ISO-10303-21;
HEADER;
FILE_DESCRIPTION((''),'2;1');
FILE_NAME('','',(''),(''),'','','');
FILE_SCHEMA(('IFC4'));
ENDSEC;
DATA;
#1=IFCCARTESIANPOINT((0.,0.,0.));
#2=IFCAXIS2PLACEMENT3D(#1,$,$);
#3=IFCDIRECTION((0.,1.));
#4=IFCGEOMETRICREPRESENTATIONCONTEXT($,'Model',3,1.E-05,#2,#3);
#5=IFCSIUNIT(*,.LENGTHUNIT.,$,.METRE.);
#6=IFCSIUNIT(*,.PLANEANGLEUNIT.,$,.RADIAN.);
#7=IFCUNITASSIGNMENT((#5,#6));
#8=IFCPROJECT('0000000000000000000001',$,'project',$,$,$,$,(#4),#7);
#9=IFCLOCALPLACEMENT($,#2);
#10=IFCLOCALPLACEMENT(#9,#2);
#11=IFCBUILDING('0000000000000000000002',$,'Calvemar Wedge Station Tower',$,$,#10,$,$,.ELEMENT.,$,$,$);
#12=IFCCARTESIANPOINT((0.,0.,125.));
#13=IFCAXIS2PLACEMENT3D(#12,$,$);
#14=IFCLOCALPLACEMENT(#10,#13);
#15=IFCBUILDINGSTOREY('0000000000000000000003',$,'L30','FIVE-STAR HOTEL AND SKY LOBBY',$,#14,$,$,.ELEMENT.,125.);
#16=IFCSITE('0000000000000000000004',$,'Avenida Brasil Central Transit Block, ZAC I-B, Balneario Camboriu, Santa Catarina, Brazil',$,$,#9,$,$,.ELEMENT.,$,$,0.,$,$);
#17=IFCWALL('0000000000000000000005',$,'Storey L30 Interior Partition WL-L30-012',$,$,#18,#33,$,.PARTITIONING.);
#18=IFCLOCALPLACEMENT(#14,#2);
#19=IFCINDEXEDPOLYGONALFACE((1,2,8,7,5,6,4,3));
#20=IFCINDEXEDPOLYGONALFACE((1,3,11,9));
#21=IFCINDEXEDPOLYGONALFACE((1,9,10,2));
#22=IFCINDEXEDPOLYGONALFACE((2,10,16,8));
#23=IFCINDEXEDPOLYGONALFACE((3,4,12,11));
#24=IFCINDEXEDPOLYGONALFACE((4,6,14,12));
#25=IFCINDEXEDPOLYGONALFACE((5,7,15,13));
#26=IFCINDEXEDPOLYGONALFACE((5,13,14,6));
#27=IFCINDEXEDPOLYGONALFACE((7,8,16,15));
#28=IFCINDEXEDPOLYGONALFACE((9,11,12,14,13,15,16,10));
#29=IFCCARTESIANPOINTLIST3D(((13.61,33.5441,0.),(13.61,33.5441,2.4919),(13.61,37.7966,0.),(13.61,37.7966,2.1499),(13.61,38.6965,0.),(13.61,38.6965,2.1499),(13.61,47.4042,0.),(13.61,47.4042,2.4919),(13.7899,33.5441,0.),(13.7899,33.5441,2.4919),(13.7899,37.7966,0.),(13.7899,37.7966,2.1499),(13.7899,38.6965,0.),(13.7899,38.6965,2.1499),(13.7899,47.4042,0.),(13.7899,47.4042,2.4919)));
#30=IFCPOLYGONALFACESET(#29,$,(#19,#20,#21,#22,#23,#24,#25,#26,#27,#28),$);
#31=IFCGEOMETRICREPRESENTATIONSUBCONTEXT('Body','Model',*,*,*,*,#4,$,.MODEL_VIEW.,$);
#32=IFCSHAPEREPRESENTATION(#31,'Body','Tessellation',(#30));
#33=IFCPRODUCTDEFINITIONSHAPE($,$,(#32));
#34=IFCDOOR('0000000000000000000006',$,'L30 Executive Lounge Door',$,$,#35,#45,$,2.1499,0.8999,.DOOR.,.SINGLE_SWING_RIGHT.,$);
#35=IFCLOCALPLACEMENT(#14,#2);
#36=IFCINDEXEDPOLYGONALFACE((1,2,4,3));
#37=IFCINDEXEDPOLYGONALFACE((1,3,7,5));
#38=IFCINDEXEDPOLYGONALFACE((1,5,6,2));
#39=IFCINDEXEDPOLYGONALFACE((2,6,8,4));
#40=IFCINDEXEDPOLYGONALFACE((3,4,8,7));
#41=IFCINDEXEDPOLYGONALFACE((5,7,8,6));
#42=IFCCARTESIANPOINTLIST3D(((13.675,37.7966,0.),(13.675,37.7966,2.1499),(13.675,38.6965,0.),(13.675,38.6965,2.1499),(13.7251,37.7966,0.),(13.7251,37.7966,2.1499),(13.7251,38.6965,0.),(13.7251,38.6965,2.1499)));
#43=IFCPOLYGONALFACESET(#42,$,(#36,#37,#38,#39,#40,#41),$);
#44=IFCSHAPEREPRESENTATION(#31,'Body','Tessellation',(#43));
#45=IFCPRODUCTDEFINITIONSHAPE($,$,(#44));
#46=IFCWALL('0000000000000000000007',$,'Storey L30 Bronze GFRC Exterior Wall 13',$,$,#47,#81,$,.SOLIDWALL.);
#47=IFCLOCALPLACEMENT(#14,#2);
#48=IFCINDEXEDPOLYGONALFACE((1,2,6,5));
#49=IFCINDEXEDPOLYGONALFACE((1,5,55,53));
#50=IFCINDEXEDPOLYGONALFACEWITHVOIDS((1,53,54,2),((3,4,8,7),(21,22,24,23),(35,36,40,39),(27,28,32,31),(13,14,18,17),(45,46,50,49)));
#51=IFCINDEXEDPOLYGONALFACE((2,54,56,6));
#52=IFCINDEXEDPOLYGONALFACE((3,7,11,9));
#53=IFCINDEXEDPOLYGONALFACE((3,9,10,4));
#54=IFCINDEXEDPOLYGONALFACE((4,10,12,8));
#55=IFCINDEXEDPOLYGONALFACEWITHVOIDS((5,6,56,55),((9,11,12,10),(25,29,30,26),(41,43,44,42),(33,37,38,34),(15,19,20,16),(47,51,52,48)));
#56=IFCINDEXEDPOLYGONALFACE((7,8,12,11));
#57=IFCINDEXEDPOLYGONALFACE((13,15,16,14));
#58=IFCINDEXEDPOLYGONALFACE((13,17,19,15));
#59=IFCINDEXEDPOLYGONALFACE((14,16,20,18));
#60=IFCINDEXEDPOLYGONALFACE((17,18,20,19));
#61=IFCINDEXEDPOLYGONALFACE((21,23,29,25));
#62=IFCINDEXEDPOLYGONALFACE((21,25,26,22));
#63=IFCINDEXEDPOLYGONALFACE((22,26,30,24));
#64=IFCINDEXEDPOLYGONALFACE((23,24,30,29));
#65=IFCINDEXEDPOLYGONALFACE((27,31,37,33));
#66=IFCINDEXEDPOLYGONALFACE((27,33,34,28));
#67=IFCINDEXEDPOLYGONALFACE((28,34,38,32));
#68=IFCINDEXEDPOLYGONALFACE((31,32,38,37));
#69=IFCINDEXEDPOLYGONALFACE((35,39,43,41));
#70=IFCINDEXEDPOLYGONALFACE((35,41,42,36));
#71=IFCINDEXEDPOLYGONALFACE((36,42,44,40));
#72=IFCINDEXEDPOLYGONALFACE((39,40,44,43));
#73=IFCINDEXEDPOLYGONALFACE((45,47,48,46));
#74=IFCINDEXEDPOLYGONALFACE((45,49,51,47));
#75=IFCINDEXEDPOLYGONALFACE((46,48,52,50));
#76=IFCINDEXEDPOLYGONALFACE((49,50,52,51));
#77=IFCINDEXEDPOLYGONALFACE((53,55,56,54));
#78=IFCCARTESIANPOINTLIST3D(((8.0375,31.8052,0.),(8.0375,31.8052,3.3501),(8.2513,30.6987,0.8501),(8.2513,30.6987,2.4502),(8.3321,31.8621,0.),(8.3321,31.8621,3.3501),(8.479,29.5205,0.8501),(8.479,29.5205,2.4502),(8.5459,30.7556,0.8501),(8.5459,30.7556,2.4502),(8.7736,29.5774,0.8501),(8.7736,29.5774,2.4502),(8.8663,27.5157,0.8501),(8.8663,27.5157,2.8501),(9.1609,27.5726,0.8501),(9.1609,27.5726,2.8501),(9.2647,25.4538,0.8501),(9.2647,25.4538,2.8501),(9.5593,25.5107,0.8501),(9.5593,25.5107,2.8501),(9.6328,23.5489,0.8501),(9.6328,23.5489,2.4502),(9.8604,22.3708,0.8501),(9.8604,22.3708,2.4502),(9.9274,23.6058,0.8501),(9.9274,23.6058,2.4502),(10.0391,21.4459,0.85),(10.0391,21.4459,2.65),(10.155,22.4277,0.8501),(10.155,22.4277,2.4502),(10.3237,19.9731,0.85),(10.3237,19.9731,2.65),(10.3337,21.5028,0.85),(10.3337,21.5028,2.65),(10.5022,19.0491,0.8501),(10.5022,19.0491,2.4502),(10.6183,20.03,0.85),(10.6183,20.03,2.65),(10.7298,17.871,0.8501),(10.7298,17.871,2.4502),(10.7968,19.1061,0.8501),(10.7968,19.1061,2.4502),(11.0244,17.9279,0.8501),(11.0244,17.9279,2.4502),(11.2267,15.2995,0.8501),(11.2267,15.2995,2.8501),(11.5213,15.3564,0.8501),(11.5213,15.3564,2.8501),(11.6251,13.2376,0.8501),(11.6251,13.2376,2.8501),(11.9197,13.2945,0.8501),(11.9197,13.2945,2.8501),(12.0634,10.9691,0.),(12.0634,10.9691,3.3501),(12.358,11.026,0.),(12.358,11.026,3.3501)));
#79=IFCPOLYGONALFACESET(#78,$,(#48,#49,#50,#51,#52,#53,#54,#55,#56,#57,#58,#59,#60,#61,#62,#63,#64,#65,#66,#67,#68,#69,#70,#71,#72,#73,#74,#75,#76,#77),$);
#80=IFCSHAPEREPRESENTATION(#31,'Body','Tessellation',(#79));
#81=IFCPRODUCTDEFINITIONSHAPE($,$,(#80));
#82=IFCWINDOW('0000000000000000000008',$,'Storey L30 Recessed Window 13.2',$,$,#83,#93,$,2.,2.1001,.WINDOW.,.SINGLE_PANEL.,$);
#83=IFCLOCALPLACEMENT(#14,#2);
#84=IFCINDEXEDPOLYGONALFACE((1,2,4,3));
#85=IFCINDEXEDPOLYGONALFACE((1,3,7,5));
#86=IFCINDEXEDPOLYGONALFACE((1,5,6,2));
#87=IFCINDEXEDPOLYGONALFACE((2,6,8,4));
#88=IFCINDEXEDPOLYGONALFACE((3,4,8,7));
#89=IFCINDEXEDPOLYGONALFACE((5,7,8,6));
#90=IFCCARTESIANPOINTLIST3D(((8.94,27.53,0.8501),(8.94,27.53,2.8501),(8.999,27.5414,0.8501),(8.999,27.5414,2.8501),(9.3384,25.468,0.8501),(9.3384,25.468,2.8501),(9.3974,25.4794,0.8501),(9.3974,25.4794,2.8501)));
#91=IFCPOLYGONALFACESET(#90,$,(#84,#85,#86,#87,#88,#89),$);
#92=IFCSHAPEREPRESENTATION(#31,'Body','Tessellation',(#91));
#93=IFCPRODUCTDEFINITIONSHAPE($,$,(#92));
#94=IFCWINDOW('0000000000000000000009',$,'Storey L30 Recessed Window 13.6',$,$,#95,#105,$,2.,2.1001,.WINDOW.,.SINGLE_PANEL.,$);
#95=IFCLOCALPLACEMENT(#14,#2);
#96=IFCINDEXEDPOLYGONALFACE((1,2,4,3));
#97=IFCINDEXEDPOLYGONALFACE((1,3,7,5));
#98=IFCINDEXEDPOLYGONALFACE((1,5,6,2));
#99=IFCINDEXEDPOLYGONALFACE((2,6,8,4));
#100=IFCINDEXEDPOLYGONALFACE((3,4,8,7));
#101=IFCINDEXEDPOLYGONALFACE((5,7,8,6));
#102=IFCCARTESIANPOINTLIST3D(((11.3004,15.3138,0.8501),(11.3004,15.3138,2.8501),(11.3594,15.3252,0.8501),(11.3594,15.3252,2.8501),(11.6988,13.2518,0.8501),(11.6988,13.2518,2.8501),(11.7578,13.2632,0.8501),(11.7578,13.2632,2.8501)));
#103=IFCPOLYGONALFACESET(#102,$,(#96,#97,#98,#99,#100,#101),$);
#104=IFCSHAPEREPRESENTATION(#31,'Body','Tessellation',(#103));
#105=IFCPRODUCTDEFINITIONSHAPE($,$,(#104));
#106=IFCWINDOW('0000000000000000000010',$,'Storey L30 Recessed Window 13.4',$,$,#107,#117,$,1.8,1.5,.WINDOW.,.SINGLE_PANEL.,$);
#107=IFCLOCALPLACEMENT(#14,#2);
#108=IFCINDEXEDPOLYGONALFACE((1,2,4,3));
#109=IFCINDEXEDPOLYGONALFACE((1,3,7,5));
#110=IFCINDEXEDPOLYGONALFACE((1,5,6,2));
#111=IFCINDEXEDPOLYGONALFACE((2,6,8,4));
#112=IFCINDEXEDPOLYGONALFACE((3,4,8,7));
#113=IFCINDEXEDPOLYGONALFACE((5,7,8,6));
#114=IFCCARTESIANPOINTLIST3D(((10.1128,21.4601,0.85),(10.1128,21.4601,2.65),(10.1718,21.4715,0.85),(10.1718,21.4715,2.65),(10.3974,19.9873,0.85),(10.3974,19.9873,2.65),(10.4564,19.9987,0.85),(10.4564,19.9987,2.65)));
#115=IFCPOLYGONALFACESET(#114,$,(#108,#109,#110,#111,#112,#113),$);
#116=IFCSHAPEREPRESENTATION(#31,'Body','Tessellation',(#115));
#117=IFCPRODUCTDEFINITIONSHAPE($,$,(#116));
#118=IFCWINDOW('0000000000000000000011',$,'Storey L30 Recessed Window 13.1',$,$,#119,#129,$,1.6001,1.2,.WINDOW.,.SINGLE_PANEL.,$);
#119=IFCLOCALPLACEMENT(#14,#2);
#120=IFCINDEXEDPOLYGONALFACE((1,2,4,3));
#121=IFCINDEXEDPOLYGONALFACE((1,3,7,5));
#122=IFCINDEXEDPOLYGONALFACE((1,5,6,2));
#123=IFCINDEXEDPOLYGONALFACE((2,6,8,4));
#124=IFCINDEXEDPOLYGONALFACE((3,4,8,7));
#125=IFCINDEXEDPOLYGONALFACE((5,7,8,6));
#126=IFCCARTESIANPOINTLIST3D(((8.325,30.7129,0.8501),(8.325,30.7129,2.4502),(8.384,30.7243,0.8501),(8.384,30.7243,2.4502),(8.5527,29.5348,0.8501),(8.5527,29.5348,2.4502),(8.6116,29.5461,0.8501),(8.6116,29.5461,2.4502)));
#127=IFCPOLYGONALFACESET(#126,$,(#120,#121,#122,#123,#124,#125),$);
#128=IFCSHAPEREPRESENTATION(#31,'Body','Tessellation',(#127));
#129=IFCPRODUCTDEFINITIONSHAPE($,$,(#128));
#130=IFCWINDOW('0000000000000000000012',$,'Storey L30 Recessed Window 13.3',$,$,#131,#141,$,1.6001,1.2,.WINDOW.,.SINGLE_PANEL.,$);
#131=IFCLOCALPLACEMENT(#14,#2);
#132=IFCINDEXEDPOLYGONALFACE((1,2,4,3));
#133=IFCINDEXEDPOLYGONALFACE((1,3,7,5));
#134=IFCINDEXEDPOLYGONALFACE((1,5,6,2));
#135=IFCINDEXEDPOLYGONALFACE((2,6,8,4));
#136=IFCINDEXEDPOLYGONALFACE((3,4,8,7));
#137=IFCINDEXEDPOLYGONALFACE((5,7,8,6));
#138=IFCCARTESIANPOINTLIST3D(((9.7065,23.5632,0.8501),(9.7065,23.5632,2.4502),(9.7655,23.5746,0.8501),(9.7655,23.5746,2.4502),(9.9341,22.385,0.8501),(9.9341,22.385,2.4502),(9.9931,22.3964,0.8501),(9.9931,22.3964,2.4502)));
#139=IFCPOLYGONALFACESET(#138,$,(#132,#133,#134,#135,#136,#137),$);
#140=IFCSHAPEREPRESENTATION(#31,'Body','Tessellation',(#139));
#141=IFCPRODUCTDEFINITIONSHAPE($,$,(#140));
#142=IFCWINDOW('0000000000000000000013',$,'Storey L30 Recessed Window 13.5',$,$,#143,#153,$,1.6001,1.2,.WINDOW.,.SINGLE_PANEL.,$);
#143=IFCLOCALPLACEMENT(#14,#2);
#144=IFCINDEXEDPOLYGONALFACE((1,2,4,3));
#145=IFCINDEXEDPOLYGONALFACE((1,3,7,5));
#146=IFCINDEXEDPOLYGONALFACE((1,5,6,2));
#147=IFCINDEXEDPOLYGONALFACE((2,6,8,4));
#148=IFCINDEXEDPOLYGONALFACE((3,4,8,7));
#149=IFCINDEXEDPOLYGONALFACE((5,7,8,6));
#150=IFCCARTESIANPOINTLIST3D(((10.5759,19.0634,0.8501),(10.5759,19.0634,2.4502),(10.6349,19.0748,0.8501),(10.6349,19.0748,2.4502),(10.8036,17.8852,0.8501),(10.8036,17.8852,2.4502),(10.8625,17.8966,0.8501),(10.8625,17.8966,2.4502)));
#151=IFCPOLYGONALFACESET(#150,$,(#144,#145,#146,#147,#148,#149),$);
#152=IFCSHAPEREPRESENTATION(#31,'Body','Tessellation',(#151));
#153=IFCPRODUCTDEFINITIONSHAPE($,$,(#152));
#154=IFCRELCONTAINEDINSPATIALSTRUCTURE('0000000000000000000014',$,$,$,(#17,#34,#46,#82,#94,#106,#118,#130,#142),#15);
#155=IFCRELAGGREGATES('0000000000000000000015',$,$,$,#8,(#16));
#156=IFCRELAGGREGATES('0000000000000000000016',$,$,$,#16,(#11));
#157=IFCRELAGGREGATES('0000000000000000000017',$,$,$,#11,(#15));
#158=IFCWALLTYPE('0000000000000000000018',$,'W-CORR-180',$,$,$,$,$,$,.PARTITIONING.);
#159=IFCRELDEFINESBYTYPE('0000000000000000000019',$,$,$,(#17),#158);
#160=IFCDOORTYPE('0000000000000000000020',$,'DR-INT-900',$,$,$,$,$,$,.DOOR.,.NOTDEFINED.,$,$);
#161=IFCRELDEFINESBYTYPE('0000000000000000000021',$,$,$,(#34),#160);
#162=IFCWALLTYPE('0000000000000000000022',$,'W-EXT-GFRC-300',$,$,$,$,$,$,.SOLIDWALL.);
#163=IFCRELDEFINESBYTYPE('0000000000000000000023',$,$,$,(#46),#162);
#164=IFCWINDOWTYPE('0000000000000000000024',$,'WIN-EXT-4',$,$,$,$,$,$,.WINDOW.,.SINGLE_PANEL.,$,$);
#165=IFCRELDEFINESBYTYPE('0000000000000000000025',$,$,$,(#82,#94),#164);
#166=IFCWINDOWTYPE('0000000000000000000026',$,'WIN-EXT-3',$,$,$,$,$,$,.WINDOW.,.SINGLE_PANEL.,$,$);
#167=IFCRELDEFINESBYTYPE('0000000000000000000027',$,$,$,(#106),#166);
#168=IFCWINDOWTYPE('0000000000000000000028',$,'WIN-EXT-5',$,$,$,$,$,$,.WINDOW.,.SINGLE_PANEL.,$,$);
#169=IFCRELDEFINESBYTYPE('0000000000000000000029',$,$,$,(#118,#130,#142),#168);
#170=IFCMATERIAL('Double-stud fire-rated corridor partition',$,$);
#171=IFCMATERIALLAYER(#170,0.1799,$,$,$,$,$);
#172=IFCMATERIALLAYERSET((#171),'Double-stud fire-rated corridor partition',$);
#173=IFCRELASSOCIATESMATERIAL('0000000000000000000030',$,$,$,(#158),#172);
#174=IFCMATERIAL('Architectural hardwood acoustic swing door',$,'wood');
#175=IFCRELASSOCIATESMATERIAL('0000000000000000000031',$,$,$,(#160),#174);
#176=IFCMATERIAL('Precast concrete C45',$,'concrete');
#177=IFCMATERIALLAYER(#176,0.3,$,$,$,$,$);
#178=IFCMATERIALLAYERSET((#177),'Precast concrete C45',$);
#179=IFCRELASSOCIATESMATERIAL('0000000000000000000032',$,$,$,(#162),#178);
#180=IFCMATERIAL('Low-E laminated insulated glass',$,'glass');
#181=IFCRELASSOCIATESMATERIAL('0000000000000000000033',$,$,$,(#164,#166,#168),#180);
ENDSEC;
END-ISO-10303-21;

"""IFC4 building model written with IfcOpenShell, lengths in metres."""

from ifc_helpers import new_model, si_unit, direction, frame, frame_2d, origin, place, context, subcontext, project, spatial, rectangle, extrude, source, transform, mapped, material, layer, layer_set, type_object, element, fill, save


model = new_model("IFC4")

# Units and contexts
model_context = context("Model", 3, precision=1e-05, world=origin(), true_north=direction((0.0, 1.0)))
body_context = subcontext(model_context, "Body", "Model", "MODEL_VIEW")
ifc_project = project(units=[si_unit("LENGTHUNIT", "METRE"), si_unit("PLANEANGLEUNIT", "RADIAN")], contexts=[model_context])

# Site, building, storey
site_placement = place(None, origin())
site = spatial("IfcSite", under=ifc_project, at=site_placement, Name="Avenida Brasil Central Transit Block, ZAC I-B, Balneario Camboriu, Santa Catarina, Brazil", CompositionType="ELEMENT", RefElevation=0.0)
building_placement = place(site_placement, origin())
building = spatial("IfcBuilding", under=site, at=building_placement, Name="Calvemar Wedge Station Tower", CompositionType="ELEMENT")
storey_placement = place(building_placement, frame((0.0, 0.0, 125.0)))
storey = spatial("IfcBuildingStorey", under=building, at=storey_placement, Name="L30", Description="FIVE-STAR HOTEL AND SKY LOBBY", CompositionType="ELEMENT", Elevation=125.0)

# Shared definitions
ifc_material_1 = material(Name="Double-stud fire-rated corridor partition")
ifc_layer_1 = layer(ifc_material_1, 0.1799)
ifc_layer_set_1 = layer_set([ifc_layer_1], Name="Double-stud fire-rated corridor partition")
wall_type_1 = type_object("IfcWallType", Name="W-CORR-180", PredefinedType="PARTITIONING", material=ifc_layer_set_1)

# Wall, opening, door
wall_1_placement = place(storey_placement, frame((13.7, 33.5439, 0.0), z_axis=(0.0, 0.0, 1.0), x_axis=(0.0, 1.0, 0.0)))
wall_1 = element("IfcWall", 1, at=wall_1_placement, inside=storey, type_object=wall_type_1, Name="Storey L30 Interior Partition WL-L30-012", PredefinedType="PARTITIONING", context=body_context, shape_type="SweptSolid", body=[
    extrude(rectangle(XDim=13.8601, YDim=0.1799, at=frame_2d((6.9302, 0.0))), origin(), (0.0, 0.0, 1.0), 2.4919),
])
shared_shape_1 = source(origin(), body_context, "Body", "SweptSolid", [
    extrude(rectangle(XDim=0.8999, YDim=2.1499, at=frame_2d((0.45, 1.075))), frame((0.0, 0.1001, 0.0), z_axis=(0.0, -1.0, 0.0), x_axis=(1.0, 0.0, 0.0)), (0.0, 0.0, 1.0), 0.2),
])
opening_1_placement = place(wall_1_placement, frame((4.2527, 0.0, 0.0)))
opening_1 = element("IfcOpeningElement", 2, at=opening_1_placement, cuts=wall_1, PredefinedType="OPENING", context=body_context, shape_type="MappedRepresentation", body=[
    mapped(shared_shape_1, transform((0.0, 0.0, 0.0), scale=1.0)),
])
ifc_material_2 = material(Name="Architectural hardwood acoustic swing door", Category="wood")
door_type_1 = type_object("IfcDoorType", Name="DR-INT-900", OperationType="NOTDEFINED", PredefinedType="DOOR", material=ifc_material_2)
shared_shape_2 = source(origin(), body_context, "Body", "SweptSolid", [
    extrude(rectangle(XDim=0.8999, YDim=2.1499, at=frame_2d((0.45, 1.075))), frame((0.0, 0.0249, 0.0), z_axis=(0.0, -1.0, 0.0), x_axis=(1.0, 0.0, 0.0)), (0.0, 0.0, 1.0), 0.05),
])
door_1_placement = place(opening_1_placement, origin())
door_1 = element("IfcDoor", 3, at=door_1_placement, inside=storey, type_object=door_type_1, Name="L30 Executive Lounge Door", OperationType="SINGLE_SWING_RIGHT", OverallHeight=2.1499, OverallWidth=0.8999, PredefinedType="DOOR", context=body_context, shape_type="MappedRepresentation", body=[
    mapped(shared_shape_2, transform((0.0, 0.0, 0.0), scale=1.0)),
])
fill(opening_1, door_1)

# Wall, openings, windows
ifc_material_3 = material(Name="Precast concrete C45", Category="concrete")
ifc_layer_2 = layer(ifc_material_3, 0.3)
ifc_layer_set_2 = layer_set([ifc_layer_2], Name="Precast concrete C45")
wall_type_2 = type_object("IfcWallType", Name="W-EXT-GFRC-300", PredefinedType="SOLIDWALL", material=ifc_layer_set_2)
wall_2_placement = place(storey_placement, frame((8.1848, 31.8337, 0.0), z_axis=(0.0, 0.0, 1.0), x_axis=(0.189707, -0.981841, 0.0)))
wall_2 = element("IfcWall", 4, at=wall_2_placement, inside=storey, type_object=wall_type_2, Name="Storey L30 Bronze GFRC Exterior Wall 13", PredefinedType="SOLIDWALL", context=body_context, shape_type="SweptSolid", body=[
    extrude(rectangle(XDim=21.2214, YDim=0.3, at=frame_2d((10.6108, 0.0))), origin(), (0.0, 0.0, 1.0), 3.3501),
])
shared_shape_3 = source(origin(), body_context, "Body", "SweptSolid", [
    extrude(rectangle(XDim=1.2, YDim=1.6001, at=frame_2d((0.6001, 0.8))), frame((0.0, 0.1602, 0.0), z_axis=(0.0, -1.0, 0.0), x_axis=(1.0, 0.0, 0.0)), (0.0, 0.0, 1.0), 0.3201),
])
opening_2_placement = place(wall_2_placement, frame((1.127, 0.0, 0.8501)))
opening_2 = element("IfcOpeningElement", 5, at=opening_2_placement, cuts=wall_2, PredefinedType="OPENING", context=body_context, shape_type="MappedRepresentation", body=[
    mapped(shared_shape_3, transform((0.0, 0.0, 0.0), scale=1.0)),
])
shared_shape_4 = source(origin(), body_context, "Body", "SweptSolid", [
    extrude(rectangle(XDim=2.1001, YDim=2.0, at=frame_2d((1.05, 1.0))), frame((0.0, 0.1602, 0.0), z_axis=(0.0, -1.0, 0.0), x_axis=(1.0, 0.0, 0.0)), (0.0, 0.0, 1.0), 0.3201),
])
opening_3_placement = place(wall_2_placement, frame((4.3689, 0.0, 0.8501)))
opening_3 = element("IfcOpeningElement", 6, at=opening_3_placement, cuts=wall_2, PredefinedType="OPENING", context=body_context, shape_type="MappedRepresentation", body=[
    mapped(shared_shape_4, transform((0.0, 0.0, 0.0), scale=1.0)),
])
opening_4_placement = place(wall_2_placement, frame((8.4089, 0.0, 0.8501)))
opening_4 = element("IfcOpeningElement", 7, at=opening_4_placement, cuts=wall_2, PredefinedType="OPENING", context=body_context, shape_type="MappedRepresentation", body=[
    mapped(shared_shape_3, transform((0.0, 0.0, 0.0), scale=1.0)),
])
shared_shape_5 = source(origin(), body_context, "Body", "SweptSolid", [
    extrude(rectangle(XDim=1.5, YDim=1.8, at=frame_2d((0.75, 0.8999))), frame((0.0, 0.1602, 0.0), z_axis=(0.0, -1.0, 0.0), x_axis=(1.0, 0.0, 0.0)), (0.0, 0.0, 1.0), 0.3201),
])
opening_5_placement = place(wall_2_placement, frame((10.551, 0.0, 0.8501)))
opening_5 = element("IfcOpeningElement", 8, at=opening_5_placement, cuts=wall_2, PredefinedType="OPENING", context=body_context, shape_type="MappedRepresentation", body=[
    mapped(shared_shape_5, transform((0.0, 0.0, 0.0), scale=1.0)),
])
opening_6_placement = place(wall_2_placement, frame((12.9919, 0.0, 0.8501)))
opening_6 = element("IfcOpeningElement", 9, at=opening_6_placement, cuts=wall_2, PredefinedType="OPENING", context=body_context, shape_type="MappedRepresentation", body=[
    mapped(shared_shape_3, transform((0.0, 0.0, 0.0), scale=1.0)),
])
opening_7_placement = place(wall_2_placement, frame((16.811, 0.0, 0.8501)))
opening_7 = element("IfcOpeningElement", 10, at=opening_7_placement, cuts=wall_2, PredefinedType="OPENING", context=body_context, shape_type="MappedRepresentation", body=[
    mapped(shared_shape_4, transform((0.0, 0.0, 0.0), scale=1.0)),
])
ifc_material_4 = material(Name="Low-E laminated insulated glass", Category="glass")
window_type_1 = type_object("IfcWindowType", Name="WIN-EXT-4", PartitioningType="SINGLE_PANEL", PredefinedType="WINDOW", material=ifc_material_4)
shared_shape_6 = source(origin(), body_context, "Body", "SweptSolid", [
    extrude(rectangle(XDim=2.1001, YDim=2.0, at=frame_2d((1.05, 1.0))), frame((0.0, -0.0149, 0.0), z_axis=(0.0, -1.0, 0.0), x_axis=(1.0, 0.0, 0.0)), (0.0, 0.0, 1.0), 0.0601),
])
window_1_placement = place(opening_3_placement, origin())
window_1 = element("IfcWindow", 11, at=window_1_placement, inside=storey, type_object=window_type_1, Name="Storey L30 Recessed Window 13.2", OverallHeight=2.0, OverallWidth=2.1001, PartitioningType="SINGLE_PANEL", PredefinedType="WINDOW", context=body_context, shape_type="MappedRepresentation", body=[
    mapped(shared_shape_6, transform((0.0, 0.0, 0.0), scale=1.0)),
])
fill(opening_3, window_1)
window_2_placement = place(opening_7_placement, origin())
window_2 = element("IfcWindow", 12, at=window_2_placement, inside=storey, type_object=window_type_1, Name="Storey L30 Recessed Window 13.6", OverallHeight=2.0, OverallWidth=2.1001, PartitioningType="SINGLE_PANEL", PredefinedType="WINDOW", context=body_context, shape_type="MappedRepresentation", body=[
    mapped(shared_shape_6, transform((0.0, 0.0, 0.0), scale=1.0)),
])
fill(opening_7, window_2)
window_type_2 = type_object("IfcWindowType", Name="WIN-EXT-3", PartitioningType="SINGLE_PANEL", PredefinedType="WINDOW", material=ifc_material_4)
shared_shape_7 = source(origin(), body_context, "Body", "SweptSolid", [
    extrude(rectangle(XDim=1.5, YDim=1.8, at=frame_2d((0.75, 0.8999))), frame((0.0, -0.0149, 0.0), z_axis=(0.0, -1.0, 0.0), x_axis=(1.0, 0.0, 0.0)), (0.0, 0.0, 1.0), 0.0601),
])
window_3_placement = place(opening_5_placement, origin())
window_3 = element("IfcWindow", 13, at=window_3_placement, inside=storey, type_object=window_type_2, Name="Storey L30 Recessed Window 13.4", OverallHeight=1.8, OverallWidth=1.5, PartitioningType="SINGLE_PANEL", PredefinedType="WINDOW", context=body_context, shape_type="MappedRepresentation", body=[
    mapped(shared_shape_7, transform((0.0, 0.0, 0.0), scale=1.0)),
])
fill(opening_5, window_3)
window_type_3 = type_object("IfcWindowType", Name="WIN-EXT-5", PartitioningType="SINGLE_PANEL", PredefinedType="WINDOW", material=ifc_material_4)
shared_shape_8 = source(origin(), body_context, "Body", "SweptSolid", [
    extrude(rectangle(XDim=1.2, YDim=1.6001, at=frame_2d((0.6001, 0.8))), frame((0.0, -0.0149, 0.0), z_axis=(0.0, -1.0, 0.0), x_axis=(1.0, 0.0, 0.0)), (0.0, 0.0, 1.0), 0.0601),
])
window_4_placement = place(opening_2_placement, origin())
window_4 = element("IfcWindow", 14, at=window_4_placement, inside=storey, type_object=window_type_3, Name="Storey L30 Recessed Window 13.1", OverallHeight=1.6001, OverallWidth=1.2, PartitioningType="SINGLE_PANEL", PredefinedType="WINDOW", context=body_context, shape_type="MappedRepresentation", body=[
    mapped(shared_shape_8, transform((0.0, 0.0, 0.0), scale=1.0)),
])
fill(opening_2, window_4)
window_5_placement = place(opening_4_placement, origin())
window_5 = element("IfcWindow", 15, at=window_5_placement, inside=storey, type_object=window_type_3, Name="Storey L30 Recessed Window 13.3", OverallHeight=1.6001, OverallWidth=1.2, PartitioningType="SINGLE_PANEL", PredefinedType="WINDOW", context=body_context, shape_type="MappedRepresentation", body=[
    mapped(shared_shape_8, transform((0.0, 0.0, 0.0), scale=1.0)),
])
fill(opening_4, window_5)
window_6_placement = place(opening_6_placement, origin())
window_6 = element("IfcWindow", 16, at=window_6_placement, inside=storey, type_object=window_type_3, Name="Storey L30 Recessed Window 13.5", OverallHeight=1.6001, OverallWidth=1.2, PartitioningType="SINGLE_PANEL", PredefinedType="WINDOW", context=body_context, shape_type="MappedRepresentation", body=[
    mapped(shared_shape_8, transform((0.0, 0.0, 0.0), scale=1.0)),
])
fill(opening_6, window_6)

save(model, "model.ifc")
